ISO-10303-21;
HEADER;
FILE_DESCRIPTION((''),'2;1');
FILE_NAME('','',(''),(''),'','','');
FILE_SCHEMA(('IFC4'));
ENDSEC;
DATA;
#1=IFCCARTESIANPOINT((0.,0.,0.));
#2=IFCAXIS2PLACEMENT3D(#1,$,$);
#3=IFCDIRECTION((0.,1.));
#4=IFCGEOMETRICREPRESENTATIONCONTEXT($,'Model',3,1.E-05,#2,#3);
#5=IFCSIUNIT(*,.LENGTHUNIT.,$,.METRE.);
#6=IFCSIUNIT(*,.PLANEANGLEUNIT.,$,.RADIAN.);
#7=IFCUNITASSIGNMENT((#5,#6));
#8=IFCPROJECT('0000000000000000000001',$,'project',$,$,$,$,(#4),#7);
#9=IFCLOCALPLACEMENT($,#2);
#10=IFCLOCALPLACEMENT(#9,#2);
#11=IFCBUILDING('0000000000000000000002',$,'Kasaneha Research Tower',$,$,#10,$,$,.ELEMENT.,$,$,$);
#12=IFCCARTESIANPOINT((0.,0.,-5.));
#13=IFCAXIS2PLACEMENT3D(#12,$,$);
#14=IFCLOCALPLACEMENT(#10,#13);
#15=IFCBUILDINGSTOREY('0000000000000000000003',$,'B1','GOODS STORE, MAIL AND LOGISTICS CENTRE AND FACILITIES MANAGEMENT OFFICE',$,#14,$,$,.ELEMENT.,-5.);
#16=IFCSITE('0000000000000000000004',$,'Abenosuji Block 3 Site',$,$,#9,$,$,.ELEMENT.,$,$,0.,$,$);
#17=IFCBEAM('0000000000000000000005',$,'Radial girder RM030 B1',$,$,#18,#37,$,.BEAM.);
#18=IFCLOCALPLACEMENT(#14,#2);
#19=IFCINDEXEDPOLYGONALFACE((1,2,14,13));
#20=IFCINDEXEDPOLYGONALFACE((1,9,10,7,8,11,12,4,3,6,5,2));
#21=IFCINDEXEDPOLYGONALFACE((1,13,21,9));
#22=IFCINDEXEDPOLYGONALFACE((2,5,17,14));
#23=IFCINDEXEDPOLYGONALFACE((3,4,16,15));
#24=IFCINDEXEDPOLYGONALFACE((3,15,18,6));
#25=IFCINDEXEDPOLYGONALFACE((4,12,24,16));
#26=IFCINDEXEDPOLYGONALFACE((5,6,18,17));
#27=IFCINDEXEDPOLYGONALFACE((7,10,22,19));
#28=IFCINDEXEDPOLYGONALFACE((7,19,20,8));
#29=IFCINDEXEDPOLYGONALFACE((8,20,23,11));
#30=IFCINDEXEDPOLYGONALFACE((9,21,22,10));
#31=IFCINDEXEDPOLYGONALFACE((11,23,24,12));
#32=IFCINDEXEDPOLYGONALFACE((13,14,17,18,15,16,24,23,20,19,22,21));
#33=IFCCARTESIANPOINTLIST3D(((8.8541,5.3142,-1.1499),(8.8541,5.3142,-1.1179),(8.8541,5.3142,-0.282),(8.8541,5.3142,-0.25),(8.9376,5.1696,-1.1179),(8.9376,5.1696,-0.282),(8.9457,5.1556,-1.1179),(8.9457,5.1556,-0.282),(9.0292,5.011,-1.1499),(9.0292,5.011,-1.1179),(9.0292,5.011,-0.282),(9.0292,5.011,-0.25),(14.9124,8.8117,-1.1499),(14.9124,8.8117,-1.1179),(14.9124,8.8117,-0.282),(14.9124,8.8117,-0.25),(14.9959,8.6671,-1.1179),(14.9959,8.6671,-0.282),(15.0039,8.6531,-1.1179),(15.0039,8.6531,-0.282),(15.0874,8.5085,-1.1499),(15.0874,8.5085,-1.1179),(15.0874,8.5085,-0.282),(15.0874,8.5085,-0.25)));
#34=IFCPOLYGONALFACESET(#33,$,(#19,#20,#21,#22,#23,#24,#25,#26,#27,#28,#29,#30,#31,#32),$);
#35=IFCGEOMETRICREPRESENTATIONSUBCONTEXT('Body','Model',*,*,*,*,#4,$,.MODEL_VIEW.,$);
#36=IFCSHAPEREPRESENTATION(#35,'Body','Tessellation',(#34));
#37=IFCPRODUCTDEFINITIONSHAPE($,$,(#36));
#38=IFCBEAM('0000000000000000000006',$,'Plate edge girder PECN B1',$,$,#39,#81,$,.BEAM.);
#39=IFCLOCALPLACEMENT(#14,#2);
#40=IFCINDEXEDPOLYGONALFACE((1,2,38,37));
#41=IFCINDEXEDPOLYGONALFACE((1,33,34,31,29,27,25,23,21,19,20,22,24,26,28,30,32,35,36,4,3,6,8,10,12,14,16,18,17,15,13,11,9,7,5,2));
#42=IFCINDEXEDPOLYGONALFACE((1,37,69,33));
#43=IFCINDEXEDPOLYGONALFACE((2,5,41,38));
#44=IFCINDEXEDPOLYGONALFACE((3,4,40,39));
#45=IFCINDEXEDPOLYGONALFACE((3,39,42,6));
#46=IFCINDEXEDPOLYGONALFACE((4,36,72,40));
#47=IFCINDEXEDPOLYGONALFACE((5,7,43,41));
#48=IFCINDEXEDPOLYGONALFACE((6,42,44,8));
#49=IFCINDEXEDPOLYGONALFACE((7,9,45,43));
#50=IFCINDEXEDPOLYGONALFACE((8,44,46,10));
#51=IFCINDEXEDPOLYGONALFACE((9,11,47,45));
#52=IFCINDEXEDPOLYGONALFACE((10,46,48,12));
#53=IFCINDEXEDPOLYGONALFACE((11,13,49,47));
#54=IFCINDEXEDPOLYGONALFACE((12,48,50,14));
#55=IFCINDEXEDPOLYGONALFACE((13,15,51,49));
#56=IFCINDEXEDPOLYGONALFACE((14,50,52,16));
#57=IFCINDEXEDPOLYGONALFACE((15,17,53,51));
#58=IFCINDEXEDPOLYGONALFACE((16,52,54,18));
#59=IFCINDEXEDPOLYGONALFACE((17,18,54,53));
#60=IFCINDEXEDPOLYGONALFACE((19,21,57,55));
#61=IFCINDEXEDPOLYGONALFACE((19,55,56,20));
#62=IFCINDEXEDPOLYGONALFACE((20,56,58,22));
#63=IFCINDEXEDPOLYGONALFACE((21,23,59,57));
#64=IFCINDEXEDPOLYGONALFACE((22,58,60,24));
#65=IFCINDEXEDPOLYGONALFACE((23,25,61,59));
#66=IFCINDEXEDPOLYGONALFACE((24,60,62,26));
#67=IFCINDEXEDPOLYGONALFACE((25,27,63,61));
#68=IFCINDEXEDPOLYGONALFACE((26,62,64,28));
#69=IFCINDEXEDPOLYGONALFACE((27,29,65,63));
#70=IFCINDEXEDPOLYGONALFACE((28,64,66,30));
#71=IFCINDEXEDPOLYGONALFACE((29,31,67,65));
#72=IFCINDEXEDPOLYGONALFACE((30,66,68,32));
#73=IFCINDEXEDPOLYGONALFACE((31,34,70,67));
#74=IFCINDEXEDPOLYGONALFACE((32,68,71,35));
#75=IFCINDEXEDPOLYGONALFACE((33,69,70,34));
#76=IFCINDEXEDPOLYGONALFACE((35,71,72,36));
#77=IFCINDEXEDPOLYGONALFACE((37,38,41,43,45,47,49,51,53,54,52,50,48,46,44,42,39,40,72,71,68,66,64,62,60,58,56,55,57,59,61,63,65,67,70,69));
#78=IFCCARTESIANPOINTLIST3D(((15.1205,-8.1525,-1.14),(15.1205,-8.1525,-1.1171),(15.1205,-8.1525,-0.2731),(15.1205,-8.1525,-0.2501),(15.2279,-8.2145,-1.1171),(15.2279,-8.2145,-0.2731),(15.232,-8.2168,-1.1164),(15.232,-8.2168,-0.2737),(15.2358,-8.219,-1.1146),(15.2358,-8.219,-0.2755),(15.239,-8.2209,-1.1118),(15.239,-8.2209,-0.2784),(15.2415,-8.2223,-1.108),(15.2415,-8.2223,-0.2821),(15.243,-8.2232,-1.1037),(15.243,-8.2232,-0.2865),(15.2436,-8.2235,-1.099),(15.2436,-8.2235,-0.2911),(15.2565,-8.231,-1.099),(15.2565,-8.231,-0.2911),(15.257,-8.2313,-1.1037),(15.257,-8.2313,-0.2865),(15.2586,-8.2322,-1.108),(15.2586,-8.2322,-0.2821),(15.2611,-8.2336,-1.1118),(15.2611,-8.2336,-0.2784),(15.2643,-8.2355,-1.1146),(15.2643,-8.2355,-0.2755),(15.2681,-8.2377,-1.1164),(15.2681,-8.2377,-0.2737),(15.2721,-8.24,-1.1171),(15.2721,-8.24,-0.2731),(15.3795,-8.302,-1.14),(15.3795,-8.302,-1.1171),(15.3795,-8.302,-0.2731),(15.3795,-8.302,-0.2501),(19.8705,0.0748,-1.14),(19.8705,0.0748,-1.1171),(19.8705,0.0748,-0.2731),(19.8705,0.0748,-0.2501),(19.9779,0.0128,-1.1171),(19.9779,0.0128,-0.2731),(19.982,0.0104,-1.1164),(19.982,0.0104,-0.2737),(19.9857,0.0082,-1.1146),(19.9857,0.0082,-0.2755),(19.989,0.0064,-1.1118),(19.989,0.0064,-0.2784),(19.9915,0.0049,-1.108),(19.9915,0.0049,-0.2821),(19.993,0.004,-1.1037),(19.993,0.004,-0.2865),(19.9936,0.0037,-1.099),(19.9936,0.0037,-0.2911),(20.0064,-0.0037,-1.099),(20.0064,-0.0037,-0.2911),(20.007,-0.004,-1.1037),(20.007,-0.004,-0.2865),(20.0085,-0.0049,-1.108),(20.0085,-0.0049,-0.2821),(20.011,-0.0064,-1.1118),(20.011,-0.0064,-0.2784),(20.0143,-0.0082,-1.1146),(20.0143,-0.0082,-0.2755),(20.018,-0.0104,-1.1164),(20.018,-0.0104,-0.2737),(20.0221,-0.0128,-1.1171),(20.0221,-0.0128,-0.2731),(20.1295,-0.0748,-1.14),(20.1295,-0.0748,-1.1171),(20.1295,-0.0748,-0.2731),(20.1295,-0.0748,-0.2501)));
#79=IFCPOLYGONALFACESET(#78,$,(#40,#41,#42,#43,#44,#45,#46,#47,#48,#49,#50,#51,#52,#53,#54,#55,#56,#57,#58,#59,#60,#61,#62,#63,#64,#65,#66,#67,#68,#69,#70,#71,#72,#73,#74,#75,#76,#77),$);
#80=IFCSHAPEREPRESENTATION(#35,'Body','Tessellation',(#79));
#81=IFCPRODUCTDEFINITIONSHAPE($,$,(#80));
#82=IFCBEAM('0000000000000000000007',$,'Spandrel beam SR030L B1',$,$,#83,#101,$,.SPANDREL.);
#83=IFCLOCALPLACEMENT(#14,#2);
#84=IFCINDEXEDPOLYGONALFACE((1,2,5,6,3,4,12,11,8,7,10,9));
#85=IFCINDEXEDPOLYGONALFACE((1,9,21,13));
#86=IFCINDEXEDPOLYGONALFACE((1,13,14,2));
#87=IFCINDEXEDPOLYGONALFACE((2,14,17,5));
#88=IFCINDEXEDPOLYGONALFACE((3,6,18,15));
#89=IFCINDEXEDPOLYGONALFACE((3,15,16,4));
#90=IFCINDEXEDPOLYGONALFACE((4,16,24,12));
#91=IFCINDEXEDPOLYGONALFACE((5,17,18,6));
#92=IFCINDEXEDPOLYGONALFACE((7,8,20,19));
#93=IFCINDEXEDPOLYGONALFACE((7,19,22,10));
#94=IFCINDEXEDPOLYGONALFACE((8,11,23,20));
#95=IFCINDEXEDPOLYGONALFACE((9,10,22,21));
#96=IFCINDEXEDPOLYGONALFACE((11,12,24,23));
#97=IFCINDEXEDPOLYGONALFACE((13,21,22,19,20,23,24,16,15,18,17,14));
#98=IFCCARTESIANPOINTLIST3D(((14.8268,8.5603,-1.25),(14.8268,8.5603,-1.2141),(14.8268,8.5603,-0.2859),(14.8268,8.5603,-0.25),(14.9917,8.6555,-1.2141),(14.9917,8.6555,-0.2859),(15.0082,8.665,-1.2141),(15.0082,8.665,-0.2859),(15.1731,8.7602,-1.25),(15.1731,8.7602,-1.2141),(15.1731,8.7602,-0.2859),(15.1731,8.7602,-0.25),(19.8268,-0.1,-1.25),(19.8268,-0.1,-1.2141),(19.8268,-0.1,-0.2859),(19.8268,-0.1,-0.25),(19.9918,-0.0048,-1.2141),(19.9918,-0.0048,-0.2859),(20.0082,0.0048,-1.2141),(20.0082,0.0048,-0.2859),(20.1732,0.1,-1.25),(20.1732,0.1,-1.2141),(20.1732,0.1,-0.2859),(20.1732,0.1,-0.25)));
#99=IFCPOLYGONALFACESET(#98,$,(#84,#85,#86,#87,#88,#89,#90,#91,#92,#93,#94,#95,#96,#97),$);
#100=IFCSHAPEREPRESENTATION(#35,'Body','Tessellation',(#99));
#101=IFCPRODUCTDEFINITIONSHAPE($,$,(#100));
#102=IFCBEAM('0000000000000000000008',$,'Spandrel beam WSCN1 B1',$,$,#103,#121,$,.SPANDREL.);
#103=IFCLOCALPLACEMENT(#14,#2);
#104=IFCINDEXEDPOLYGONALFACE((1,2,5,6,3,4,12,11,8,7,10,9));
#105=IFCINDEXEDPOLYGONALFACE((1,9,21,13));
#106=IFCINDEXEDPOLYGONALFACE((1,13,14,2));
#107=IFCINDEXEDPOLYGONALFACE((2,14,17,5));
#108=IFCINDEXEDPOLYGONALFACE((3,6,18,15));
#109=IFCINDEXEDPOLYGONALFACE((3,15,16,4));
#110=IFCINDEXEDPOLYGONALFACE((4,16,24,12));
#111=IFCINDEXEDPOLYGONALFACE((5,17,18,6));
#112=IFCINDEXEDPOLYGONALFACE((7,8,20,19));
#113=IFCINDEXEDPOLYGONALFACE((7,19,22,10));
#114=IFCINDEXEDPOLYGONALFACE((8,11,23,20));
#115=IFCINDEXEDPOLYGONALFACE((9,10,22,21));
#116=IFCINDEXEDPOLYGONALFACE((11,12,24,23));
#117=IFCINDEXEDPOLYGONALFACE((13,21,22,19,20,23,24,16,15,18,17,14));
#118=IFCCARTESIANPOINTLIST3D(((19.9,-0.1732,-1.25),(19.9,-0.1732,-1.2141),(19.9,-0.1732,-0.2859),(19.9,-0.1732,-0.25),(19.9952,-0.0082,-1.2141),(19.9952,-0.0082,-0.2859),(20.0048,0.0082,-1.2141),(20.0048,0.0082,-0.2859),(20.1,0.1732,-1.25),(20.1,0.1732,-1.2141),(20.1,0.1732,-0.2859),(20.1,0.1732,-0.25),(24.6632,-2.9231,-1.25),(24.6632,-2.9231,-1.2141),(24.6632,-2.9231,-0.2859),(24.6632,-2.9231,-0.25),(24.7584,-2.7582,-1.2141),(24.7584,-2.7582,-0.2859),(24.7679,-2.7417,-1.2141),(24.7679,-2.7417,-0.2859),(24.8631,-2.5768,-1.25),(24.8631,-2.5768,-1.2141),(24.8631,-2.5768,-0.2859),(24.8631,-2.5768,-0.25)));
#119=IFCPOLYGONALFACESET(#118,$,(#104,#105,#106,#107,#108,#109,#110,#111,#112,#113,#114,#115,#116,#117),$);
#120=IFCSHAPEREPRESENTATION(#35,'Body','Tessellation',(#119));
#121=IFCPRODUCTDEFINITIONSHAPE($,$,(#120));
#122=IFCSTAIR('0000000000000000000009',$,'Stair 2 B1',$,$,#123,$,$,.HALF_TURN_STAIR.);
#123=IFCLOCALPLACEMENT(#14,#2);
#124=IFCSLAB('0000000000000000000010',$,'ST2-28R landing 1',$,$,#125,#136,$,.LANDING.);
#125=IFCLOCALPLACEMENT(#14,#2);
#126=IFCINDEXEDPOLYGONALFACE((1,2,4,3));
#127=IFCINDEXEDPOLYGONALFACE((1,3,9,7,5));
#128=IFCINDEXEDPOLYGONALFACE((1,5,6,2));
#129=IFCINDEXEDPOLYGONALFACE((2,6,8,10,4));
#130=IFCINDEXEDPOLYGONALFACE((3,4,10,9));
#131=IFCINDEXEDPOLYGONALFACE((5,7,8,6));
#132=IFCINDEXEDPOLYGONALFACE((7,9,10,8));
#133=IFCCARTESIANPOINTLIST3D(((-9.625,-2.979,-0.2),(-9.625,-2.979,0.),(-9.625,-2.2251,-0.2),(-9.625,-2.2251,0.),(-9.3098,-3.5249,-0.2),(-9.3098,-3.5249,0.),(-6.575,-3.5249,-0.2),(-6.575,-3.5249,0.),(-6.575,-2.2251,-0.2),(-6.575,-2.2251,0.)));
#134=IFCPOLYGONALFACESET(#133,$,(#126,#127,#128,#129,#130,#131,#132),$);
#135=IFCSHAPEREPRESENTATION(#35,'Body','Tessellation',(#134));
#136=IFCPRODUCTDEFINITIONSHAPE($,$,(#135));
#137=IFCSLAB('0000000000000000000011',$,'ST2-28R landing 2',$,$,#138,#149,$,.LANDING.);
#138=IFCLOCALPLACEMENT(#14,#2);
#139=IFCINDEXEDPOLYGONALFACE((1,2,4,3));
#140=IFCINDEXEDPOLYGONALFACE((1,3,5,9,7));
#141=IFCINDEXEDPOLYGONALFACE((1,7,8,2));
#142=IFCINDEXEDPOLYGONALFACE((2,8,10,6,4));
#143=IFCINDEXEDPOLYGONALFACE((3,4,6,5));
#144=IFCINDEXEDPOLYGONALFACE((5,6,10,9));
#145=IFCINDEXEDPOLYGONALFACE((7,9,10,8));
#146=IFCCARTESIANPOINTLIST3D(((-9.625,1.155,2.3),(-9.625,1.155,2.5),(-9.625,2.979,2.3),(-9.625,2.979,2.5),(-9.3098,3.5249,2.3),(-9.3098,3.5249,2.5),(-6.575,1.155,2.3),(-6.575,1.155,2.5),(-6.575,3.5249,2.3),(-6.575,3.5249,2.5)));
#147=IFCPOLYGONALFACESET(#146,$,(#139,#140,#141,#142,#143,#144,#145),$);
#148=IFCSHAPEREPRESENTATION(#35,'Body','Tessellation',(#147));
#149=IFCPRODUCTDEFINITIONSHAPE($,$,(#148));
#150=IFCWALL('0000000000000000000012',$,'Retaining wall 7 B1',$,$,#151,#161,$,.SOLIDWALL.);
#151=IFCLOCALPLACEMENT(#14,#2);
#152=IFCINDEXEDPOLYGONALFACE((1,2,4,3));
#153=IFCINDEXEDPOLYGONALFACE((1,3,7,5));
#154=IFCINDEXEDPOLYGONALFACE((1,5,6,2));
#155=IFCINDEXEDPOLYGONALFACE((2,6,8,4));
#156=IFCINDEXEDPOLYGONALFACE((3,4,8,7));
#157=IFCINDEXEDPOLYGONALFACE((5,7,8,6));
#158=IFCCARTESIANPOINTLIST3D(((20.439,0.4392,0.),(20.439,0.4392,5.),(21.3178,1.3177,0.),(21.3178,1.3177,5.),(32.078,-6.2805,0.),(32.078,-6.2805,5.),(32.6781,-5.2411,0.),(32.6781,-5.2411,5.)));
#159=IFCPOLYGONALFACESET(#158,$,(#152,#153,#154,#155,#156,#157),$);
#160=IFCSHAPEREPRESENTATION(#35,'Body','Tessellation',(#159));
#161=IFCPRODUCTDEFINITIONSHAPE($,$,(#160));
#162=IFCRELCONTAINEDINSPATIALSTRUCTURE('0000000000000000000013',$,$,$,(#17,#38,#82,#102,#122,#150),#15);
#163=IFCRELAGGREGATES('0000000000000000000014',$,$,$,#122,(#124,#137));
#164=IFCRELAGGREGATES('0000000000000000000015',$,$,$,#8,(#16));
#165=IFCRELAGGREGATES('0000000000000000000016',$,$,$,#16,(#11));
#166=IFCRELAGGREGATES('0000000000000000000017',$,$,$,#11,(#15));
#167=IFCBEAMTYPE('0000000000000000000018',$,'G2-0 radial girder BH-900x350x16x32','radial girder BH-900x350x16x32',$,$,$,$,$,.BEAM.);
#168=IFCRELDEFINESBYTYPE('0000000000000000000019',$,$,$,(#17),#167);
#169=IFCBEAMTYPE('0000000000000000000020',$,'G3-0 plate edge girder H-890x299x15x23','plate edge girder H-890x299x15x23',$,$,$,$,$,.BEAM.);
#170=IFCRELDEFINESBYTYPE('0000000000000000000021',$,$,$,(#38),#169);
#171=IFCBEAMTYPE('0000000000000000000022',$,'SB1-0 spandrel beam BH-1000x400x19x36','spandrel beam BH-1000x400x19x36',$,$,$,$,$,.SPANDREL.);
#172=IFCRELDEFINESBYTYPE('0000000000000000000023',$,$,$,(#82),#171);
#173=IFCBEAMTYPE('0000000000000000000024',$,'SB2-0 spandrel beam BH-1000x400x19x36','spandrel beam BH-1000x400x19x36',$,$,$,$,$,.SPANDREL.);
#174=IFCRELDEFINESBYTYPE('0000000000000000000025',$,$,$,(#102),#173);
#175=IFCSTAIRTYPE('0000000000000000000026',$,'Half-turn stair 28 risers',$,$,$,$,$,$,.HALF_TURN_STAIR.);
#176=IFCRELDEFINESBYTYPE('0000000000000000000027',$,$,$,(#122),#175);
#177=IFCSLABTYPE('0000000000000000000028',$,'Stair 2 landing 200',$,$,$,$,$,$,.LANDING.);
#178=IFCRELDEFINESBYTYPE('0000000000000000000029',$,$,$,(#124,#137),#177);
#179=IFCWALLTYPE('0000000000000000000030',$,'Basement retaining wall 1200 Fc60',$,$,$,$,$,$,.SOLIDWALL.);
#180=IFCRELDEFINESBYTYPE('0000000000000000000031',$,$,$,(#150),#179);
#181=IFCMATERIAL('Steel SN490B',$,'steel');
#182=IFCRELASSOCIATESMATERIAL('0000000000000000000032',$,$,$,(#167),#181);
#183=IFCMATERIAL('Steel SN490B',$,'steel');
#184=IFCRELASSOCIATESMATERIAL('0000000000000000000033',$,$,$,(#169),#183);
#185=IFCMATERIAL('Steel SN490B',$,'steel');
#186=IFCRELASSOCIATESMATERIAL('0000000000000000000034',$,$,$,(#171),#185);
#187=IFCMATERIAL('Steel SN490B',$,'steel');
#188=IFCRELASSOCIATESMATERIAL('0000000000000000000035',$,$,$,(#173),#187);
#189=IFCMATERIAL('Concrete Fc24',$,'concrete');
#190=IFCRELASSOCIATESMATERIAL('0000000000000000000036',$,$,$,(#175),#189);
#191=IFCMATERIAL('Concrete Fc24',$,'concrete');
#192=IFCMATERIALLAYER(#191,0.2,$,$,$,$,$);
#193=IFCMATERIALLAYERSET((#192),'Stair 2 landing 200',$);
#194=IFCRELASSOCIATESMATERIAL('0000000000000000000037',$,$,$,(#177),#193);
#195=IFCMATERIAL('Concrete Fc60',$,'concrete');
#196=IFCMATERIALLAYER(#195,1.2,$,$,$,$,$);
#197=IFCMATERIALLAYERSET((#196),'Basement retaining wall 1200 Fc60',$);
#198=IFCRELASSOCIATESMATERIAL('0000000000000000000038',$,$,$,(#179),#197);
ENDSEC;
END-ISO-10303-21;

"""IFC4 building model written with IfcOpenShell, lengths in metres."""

from ifc_helpers import new_model, si_unit, direction, frame, origin, origin_2d, place, context, subcontext, project, spatial, polyline, i_section, outline, extrude, material, layer, layer_set, material_profile, profile_set, type_object, element, aggregate, save


model = new_model("IFC4")

# Units and contexts
model_context = context("Model", 3, precision=1e-05, world=origin(), true_north=direction((0.0, 1.0)))
body_context = subcontext(model_context, "Body", "Model", "MODEL_VIEW")
ifc_project = project(units=[si_unit("LENGTHUNIT", "METRE"), si_unit("PLANEANGLEUNIT", "RADIAN")], contexts=[model_context])

# Site, building, storey
site_placement = place(None, origin())
site = spatial("IfcSite", under=ifc_project, at=site_placement, Name="Abenosuji Block 3 Site", CompositionType="ELEMENT", RefElevation=0.0)
building_placement = place(site_placement, origin())
building = spatial("IfcBuilding", under=site, at=building_placement, Name="Kasaneha Research Tower", CompositionType="ELEMENT")
storey_placement = place(building_placement, frame((0.0, 0.0, -5.0)))
storey = spatial("IfcBuildingStorey", under=building, at=storey_placement, Name="B1", Description="GOODS STORE, MAIL AND LOGISTICS CENTRE AND FACILITIES MANAGEMENT OFFICE", CompositionType="ELEMENT", Elevation=-5.0)

# Beams
ifc_material_1 = material(Name="Steel SN490B", Category="steel")
ifc_material_profile_1 = material_profile(ifc_material_1, i_section(OverallWidth=0.3501, OverallDepth=0.8999, WebThickness=0.0161, FlangeThickness=0.032, at=origin_2d()), Name="BH-900x350x16x32")
ifc_profile_set_1 = profile_set([ifc_material_profile_1], Name="Steel SN490B")
beam_type_1 = type_object("IfcBeamType", Name="G2-0 radial girder BH-900x350x16x32", Description="radial girder BH-900x350x16x32", PredefinedType="BEAM", material=ifc_profile_set_1)
beam_1_placement = place(storey_placement, frame((8.9417, 5.1626, -0.7), z_axis=(0.86604, 0.499975, 0.0), x_axis=(-0.499975, 0.86604, 0.0)))
element("IfcBeam", 1, at=beam_1_placement, inside=storey, type_object=beam_type_1, Name="Radial girder RM030 B1", PredefinedType="BEAM", context=body_context, shape_type="SweptSolid", body=[
    extrude(i_section(OverallWidth=0.3501, OverallDepth=0.8999, WebThickness=0.0161, FlangeThickness=0.032, at=origin_2d()), origin(), (0.0, 0.0, 1.0), 6.9954),
])
ifc_material_2 = material(Name="Steel SN490B", Category="steel")
ifc_material_profile_2 = material_profile(ifc_material_2, i_section(OverallWidth=0.2991, OverallDepth=0.8899, WebThickness=0.0149, FlangeThickness=0.0229, FilletRadius=0.0181, at=origin_2d()), Name="H-890x299x15x23")
ifc_profile_set_2 = profile_set([ifc_material_profile_2], Name="Steel SN490B")
beam_type_2 = type_object("IfcBeamType", Name="G3-0 plate edge girder H-890x299x15x23", Description="plate edge girder H-890x299x15x23", PredefinedType="BEAM", material=ifc_profile_set_2)
beam_2_placement = place(storey_placement, frame((20.0, 0.0, -0.6951), z_axis=(-0.499998, -0.866027, 0.0), x_axis=(0.866027, -0.499998, 0.0)))
element("IfcBeam", 2, at=beam_2_placement, inside=storey, type_object=beam_type_2, Name="Plate edge girder PECN B1", PredefinedType="BEAM", context=body_context, shape_type="SweptSolid", body=[
    extrude(i_section(OverallWidth=0.2991, OverallDepth=0.8899, WebThickness=0.0149, FlangeThickness=0.0229, FilletRadius=0.0181, at=origin_2d()), origin(), (0.0, 0.0, 1.0), 9.5),
])
ifc_material_3 = material(Name="Steel SN490B", Category="steel")
ifc_material_profile_3 = material_profile(ifc_material_3, i_section(OverallWidth=0.3999, OverallDepth=1.0, WebThickness=0.019, FlangeThickness=0.0359, at=origin_2d()), Name="BH-1000x400x19x36")
ifc_profile_set_3 = profile_set([ifc_material_profile_3], Name="Steel SN490B")
beam_type_3 = type_object("IfcBeamType", Name="SB1-0 spandrel beam BH-1000x400x19x36", Description="spandrel beam BH-1000x400x19x36", PredefinedType="SPANDREL", material=ifc_profile_set_3)
beam_3_placement = place(storey_placement, frame((20.0, 0.0, -0.75), z_axis=(-0.500004, 0.866023, 0.0), x_axis=(-0.866023, -0.500004, 0.0)))
element("IfcBeam", 3, at=beam_3_placement, inside=storey, type_object=beam_type_3, Name="Spandrel beam SR030L B1", PredefinedType="SPANDREL", context=body_context, shape_type="SweptSolid", body=[
    extrude(i_section(OverallWidth=0.3999, OverallDepth=1.0, WebThickness=0.019, FlangeThickness=0.0359, at=origin_2d()), origin(), (0.0, 0.0, 1.0), 10.0),
])
ifc_material_4 = material(Name="Steel SN490B", Category="steel")
ifc_material_profile_4 = material_profile(ifc_material_4, i_section(OverallWidth=0.3999, OverallDepth=1.0, WebThickness=0.019, FlangeThickness=0.0359, at=origin_2d()), Name="BH-1000x400x19x36")
ifc_profile_set_4 = profile_set([ifc_material_profile_4], Name="Steel SN490B")
beam_type_4 = type_object("IfcBeamType", Name="SB2-0 spandrel beam BH-1000x400x19x36", Description="spandrel beam BH-1000x400x19x36", PredefinedType="SPANDREL", material=ifc_profile_set_4)
beam_4_placement = place(storey_placement, frame((20.0, 0.0, -0.75), z_axis=(0.866027, -0.499997, 0.0), x_axis=(0.499997, 0.866027, 0.0)))
element("IfcBeam", 4, at=beam_4_placement, inside=storey, type_object=beam_type_4, Name="Spandrel beam WSCN1 B1", PredefinedType="SPANDREL", context=body_context, shape_type="SweptSolid", body=[
    extrude(i_section(OverallWidth=0.3999, OverallDepth=1.0, WebThickness=0.019, FlangeThickness=0.0359, at=origin_2d()), origin(), (0.0, 0.0, 1.0), 5.5),
])

# Stair, slabs
ifc_material_5 = material(Name="Concrete Fc24", Category="concrete")
stair_type = type_object("IfcStairType", Name="Half-turn stair 28 risers", PredefinedType="HALF_TURN_STAIR", material=ifc_material_5)
stair_1_placement = place(storey_placement, origin())
stair_1 = element("IfcStair", 5, at=stair_1_placement, inside=storey, type_object=stair_type, Name="Stair 2 B1", PredefinedType="HALF_TURN_STAIR")
ifc_material_6 = material(Name="Concrete Fc24", Category="concrete")
ifc_layer_1 = layer(ifc_material_6, 0.2)
ifc_layer_set_1 = layer_set([ifc_layer_1], Name="Stair 2 landing 200")
slab_type = type_object("IfcSlabType", Name="Stair 2 landing 200", PredefinedType="LANDING", material=ifc_layer_set_1)
slab_1_placement = place(storey_placement, frame((0.0, 0.0, -0.2)))
slab_1 = element("IfcSlab", 6, at=slab_1_placement, type_object=slab_type, Name="ST2-28R landing 1", PredefinedType="LANDING", context=body_context, shape_type="SweptSolid", body=[
    extrude(outline(polyline([(-6.575, -3.5249), (-9.3098, -3.5249), (-9.625, -2.979), (-9.625, -2.2251), (-6.575, -2.2251), (-6.575, -3.5249)])), origin(), (0.0, 0.0, 1.0), 0.2),
])
slab_2_placement = place(storey_placement, frame((0.0, 0.0, 2.3)))
slab_2 = element("IfcSlab", 7, at=slab_2_placement, type_object=slab_type, Name="ST2-28R landing 2", PredefinedType="LANDING", context=body_context, shape_type="SweptSolid", body=[
    extrude(outline(polyline([(-6.575, 1.155), (-9.625, 1.155), (-9.625, 2.979), (-9.3098, 3.5249), (-6.575, 3.5249), (-6.575, 1.155)])), origin(), (0.0, 0.0, 1.0), 0.2),
])
aggregate(stair_1, [slab_1, slab_2])

# Wall
ifc_material_7 = material(Name="Concrete Fc60", Category="concrete")
ifc_layer_2 = layer(ifc_material_7, 1.2)
ifc_layer_set_2 = layer_set([ifc_layer_2], Name="Basement retaining wall 1200 Fc60")
wall_type_1 = type_object("IfcWallType", Name="Basement retaining wall 1200 Fc60", PredefinedType="SOLIDWALL", material=ifc_layer_set_2)
wall_1_placement = place(storey_placement, frame((20.8784, 0.8784, 0.0), z_axis=(0.0, 0.0, 1.0), x_axis=(0.866028, -0.499995, 0.0)))
element("IfcWall", 8, at=wall_1_placement, inside=storey, type_object=wall_type_1, Name="Retaining wall 7 B1", PredefinedType="SOLIDWALL", context=body_context, shape_type="SweptSolid", body=[
    extrude(outline(polyline([(-0.1609, -0.6001), (13.2786, -0.6001), (13.2786, 0.6001), (0.1609, 0.6001), (-0.1609, -0.6001)])), origin(), (0.0, 0.0, 1.0), 5.0),
])

save(model, "model.ifc")
